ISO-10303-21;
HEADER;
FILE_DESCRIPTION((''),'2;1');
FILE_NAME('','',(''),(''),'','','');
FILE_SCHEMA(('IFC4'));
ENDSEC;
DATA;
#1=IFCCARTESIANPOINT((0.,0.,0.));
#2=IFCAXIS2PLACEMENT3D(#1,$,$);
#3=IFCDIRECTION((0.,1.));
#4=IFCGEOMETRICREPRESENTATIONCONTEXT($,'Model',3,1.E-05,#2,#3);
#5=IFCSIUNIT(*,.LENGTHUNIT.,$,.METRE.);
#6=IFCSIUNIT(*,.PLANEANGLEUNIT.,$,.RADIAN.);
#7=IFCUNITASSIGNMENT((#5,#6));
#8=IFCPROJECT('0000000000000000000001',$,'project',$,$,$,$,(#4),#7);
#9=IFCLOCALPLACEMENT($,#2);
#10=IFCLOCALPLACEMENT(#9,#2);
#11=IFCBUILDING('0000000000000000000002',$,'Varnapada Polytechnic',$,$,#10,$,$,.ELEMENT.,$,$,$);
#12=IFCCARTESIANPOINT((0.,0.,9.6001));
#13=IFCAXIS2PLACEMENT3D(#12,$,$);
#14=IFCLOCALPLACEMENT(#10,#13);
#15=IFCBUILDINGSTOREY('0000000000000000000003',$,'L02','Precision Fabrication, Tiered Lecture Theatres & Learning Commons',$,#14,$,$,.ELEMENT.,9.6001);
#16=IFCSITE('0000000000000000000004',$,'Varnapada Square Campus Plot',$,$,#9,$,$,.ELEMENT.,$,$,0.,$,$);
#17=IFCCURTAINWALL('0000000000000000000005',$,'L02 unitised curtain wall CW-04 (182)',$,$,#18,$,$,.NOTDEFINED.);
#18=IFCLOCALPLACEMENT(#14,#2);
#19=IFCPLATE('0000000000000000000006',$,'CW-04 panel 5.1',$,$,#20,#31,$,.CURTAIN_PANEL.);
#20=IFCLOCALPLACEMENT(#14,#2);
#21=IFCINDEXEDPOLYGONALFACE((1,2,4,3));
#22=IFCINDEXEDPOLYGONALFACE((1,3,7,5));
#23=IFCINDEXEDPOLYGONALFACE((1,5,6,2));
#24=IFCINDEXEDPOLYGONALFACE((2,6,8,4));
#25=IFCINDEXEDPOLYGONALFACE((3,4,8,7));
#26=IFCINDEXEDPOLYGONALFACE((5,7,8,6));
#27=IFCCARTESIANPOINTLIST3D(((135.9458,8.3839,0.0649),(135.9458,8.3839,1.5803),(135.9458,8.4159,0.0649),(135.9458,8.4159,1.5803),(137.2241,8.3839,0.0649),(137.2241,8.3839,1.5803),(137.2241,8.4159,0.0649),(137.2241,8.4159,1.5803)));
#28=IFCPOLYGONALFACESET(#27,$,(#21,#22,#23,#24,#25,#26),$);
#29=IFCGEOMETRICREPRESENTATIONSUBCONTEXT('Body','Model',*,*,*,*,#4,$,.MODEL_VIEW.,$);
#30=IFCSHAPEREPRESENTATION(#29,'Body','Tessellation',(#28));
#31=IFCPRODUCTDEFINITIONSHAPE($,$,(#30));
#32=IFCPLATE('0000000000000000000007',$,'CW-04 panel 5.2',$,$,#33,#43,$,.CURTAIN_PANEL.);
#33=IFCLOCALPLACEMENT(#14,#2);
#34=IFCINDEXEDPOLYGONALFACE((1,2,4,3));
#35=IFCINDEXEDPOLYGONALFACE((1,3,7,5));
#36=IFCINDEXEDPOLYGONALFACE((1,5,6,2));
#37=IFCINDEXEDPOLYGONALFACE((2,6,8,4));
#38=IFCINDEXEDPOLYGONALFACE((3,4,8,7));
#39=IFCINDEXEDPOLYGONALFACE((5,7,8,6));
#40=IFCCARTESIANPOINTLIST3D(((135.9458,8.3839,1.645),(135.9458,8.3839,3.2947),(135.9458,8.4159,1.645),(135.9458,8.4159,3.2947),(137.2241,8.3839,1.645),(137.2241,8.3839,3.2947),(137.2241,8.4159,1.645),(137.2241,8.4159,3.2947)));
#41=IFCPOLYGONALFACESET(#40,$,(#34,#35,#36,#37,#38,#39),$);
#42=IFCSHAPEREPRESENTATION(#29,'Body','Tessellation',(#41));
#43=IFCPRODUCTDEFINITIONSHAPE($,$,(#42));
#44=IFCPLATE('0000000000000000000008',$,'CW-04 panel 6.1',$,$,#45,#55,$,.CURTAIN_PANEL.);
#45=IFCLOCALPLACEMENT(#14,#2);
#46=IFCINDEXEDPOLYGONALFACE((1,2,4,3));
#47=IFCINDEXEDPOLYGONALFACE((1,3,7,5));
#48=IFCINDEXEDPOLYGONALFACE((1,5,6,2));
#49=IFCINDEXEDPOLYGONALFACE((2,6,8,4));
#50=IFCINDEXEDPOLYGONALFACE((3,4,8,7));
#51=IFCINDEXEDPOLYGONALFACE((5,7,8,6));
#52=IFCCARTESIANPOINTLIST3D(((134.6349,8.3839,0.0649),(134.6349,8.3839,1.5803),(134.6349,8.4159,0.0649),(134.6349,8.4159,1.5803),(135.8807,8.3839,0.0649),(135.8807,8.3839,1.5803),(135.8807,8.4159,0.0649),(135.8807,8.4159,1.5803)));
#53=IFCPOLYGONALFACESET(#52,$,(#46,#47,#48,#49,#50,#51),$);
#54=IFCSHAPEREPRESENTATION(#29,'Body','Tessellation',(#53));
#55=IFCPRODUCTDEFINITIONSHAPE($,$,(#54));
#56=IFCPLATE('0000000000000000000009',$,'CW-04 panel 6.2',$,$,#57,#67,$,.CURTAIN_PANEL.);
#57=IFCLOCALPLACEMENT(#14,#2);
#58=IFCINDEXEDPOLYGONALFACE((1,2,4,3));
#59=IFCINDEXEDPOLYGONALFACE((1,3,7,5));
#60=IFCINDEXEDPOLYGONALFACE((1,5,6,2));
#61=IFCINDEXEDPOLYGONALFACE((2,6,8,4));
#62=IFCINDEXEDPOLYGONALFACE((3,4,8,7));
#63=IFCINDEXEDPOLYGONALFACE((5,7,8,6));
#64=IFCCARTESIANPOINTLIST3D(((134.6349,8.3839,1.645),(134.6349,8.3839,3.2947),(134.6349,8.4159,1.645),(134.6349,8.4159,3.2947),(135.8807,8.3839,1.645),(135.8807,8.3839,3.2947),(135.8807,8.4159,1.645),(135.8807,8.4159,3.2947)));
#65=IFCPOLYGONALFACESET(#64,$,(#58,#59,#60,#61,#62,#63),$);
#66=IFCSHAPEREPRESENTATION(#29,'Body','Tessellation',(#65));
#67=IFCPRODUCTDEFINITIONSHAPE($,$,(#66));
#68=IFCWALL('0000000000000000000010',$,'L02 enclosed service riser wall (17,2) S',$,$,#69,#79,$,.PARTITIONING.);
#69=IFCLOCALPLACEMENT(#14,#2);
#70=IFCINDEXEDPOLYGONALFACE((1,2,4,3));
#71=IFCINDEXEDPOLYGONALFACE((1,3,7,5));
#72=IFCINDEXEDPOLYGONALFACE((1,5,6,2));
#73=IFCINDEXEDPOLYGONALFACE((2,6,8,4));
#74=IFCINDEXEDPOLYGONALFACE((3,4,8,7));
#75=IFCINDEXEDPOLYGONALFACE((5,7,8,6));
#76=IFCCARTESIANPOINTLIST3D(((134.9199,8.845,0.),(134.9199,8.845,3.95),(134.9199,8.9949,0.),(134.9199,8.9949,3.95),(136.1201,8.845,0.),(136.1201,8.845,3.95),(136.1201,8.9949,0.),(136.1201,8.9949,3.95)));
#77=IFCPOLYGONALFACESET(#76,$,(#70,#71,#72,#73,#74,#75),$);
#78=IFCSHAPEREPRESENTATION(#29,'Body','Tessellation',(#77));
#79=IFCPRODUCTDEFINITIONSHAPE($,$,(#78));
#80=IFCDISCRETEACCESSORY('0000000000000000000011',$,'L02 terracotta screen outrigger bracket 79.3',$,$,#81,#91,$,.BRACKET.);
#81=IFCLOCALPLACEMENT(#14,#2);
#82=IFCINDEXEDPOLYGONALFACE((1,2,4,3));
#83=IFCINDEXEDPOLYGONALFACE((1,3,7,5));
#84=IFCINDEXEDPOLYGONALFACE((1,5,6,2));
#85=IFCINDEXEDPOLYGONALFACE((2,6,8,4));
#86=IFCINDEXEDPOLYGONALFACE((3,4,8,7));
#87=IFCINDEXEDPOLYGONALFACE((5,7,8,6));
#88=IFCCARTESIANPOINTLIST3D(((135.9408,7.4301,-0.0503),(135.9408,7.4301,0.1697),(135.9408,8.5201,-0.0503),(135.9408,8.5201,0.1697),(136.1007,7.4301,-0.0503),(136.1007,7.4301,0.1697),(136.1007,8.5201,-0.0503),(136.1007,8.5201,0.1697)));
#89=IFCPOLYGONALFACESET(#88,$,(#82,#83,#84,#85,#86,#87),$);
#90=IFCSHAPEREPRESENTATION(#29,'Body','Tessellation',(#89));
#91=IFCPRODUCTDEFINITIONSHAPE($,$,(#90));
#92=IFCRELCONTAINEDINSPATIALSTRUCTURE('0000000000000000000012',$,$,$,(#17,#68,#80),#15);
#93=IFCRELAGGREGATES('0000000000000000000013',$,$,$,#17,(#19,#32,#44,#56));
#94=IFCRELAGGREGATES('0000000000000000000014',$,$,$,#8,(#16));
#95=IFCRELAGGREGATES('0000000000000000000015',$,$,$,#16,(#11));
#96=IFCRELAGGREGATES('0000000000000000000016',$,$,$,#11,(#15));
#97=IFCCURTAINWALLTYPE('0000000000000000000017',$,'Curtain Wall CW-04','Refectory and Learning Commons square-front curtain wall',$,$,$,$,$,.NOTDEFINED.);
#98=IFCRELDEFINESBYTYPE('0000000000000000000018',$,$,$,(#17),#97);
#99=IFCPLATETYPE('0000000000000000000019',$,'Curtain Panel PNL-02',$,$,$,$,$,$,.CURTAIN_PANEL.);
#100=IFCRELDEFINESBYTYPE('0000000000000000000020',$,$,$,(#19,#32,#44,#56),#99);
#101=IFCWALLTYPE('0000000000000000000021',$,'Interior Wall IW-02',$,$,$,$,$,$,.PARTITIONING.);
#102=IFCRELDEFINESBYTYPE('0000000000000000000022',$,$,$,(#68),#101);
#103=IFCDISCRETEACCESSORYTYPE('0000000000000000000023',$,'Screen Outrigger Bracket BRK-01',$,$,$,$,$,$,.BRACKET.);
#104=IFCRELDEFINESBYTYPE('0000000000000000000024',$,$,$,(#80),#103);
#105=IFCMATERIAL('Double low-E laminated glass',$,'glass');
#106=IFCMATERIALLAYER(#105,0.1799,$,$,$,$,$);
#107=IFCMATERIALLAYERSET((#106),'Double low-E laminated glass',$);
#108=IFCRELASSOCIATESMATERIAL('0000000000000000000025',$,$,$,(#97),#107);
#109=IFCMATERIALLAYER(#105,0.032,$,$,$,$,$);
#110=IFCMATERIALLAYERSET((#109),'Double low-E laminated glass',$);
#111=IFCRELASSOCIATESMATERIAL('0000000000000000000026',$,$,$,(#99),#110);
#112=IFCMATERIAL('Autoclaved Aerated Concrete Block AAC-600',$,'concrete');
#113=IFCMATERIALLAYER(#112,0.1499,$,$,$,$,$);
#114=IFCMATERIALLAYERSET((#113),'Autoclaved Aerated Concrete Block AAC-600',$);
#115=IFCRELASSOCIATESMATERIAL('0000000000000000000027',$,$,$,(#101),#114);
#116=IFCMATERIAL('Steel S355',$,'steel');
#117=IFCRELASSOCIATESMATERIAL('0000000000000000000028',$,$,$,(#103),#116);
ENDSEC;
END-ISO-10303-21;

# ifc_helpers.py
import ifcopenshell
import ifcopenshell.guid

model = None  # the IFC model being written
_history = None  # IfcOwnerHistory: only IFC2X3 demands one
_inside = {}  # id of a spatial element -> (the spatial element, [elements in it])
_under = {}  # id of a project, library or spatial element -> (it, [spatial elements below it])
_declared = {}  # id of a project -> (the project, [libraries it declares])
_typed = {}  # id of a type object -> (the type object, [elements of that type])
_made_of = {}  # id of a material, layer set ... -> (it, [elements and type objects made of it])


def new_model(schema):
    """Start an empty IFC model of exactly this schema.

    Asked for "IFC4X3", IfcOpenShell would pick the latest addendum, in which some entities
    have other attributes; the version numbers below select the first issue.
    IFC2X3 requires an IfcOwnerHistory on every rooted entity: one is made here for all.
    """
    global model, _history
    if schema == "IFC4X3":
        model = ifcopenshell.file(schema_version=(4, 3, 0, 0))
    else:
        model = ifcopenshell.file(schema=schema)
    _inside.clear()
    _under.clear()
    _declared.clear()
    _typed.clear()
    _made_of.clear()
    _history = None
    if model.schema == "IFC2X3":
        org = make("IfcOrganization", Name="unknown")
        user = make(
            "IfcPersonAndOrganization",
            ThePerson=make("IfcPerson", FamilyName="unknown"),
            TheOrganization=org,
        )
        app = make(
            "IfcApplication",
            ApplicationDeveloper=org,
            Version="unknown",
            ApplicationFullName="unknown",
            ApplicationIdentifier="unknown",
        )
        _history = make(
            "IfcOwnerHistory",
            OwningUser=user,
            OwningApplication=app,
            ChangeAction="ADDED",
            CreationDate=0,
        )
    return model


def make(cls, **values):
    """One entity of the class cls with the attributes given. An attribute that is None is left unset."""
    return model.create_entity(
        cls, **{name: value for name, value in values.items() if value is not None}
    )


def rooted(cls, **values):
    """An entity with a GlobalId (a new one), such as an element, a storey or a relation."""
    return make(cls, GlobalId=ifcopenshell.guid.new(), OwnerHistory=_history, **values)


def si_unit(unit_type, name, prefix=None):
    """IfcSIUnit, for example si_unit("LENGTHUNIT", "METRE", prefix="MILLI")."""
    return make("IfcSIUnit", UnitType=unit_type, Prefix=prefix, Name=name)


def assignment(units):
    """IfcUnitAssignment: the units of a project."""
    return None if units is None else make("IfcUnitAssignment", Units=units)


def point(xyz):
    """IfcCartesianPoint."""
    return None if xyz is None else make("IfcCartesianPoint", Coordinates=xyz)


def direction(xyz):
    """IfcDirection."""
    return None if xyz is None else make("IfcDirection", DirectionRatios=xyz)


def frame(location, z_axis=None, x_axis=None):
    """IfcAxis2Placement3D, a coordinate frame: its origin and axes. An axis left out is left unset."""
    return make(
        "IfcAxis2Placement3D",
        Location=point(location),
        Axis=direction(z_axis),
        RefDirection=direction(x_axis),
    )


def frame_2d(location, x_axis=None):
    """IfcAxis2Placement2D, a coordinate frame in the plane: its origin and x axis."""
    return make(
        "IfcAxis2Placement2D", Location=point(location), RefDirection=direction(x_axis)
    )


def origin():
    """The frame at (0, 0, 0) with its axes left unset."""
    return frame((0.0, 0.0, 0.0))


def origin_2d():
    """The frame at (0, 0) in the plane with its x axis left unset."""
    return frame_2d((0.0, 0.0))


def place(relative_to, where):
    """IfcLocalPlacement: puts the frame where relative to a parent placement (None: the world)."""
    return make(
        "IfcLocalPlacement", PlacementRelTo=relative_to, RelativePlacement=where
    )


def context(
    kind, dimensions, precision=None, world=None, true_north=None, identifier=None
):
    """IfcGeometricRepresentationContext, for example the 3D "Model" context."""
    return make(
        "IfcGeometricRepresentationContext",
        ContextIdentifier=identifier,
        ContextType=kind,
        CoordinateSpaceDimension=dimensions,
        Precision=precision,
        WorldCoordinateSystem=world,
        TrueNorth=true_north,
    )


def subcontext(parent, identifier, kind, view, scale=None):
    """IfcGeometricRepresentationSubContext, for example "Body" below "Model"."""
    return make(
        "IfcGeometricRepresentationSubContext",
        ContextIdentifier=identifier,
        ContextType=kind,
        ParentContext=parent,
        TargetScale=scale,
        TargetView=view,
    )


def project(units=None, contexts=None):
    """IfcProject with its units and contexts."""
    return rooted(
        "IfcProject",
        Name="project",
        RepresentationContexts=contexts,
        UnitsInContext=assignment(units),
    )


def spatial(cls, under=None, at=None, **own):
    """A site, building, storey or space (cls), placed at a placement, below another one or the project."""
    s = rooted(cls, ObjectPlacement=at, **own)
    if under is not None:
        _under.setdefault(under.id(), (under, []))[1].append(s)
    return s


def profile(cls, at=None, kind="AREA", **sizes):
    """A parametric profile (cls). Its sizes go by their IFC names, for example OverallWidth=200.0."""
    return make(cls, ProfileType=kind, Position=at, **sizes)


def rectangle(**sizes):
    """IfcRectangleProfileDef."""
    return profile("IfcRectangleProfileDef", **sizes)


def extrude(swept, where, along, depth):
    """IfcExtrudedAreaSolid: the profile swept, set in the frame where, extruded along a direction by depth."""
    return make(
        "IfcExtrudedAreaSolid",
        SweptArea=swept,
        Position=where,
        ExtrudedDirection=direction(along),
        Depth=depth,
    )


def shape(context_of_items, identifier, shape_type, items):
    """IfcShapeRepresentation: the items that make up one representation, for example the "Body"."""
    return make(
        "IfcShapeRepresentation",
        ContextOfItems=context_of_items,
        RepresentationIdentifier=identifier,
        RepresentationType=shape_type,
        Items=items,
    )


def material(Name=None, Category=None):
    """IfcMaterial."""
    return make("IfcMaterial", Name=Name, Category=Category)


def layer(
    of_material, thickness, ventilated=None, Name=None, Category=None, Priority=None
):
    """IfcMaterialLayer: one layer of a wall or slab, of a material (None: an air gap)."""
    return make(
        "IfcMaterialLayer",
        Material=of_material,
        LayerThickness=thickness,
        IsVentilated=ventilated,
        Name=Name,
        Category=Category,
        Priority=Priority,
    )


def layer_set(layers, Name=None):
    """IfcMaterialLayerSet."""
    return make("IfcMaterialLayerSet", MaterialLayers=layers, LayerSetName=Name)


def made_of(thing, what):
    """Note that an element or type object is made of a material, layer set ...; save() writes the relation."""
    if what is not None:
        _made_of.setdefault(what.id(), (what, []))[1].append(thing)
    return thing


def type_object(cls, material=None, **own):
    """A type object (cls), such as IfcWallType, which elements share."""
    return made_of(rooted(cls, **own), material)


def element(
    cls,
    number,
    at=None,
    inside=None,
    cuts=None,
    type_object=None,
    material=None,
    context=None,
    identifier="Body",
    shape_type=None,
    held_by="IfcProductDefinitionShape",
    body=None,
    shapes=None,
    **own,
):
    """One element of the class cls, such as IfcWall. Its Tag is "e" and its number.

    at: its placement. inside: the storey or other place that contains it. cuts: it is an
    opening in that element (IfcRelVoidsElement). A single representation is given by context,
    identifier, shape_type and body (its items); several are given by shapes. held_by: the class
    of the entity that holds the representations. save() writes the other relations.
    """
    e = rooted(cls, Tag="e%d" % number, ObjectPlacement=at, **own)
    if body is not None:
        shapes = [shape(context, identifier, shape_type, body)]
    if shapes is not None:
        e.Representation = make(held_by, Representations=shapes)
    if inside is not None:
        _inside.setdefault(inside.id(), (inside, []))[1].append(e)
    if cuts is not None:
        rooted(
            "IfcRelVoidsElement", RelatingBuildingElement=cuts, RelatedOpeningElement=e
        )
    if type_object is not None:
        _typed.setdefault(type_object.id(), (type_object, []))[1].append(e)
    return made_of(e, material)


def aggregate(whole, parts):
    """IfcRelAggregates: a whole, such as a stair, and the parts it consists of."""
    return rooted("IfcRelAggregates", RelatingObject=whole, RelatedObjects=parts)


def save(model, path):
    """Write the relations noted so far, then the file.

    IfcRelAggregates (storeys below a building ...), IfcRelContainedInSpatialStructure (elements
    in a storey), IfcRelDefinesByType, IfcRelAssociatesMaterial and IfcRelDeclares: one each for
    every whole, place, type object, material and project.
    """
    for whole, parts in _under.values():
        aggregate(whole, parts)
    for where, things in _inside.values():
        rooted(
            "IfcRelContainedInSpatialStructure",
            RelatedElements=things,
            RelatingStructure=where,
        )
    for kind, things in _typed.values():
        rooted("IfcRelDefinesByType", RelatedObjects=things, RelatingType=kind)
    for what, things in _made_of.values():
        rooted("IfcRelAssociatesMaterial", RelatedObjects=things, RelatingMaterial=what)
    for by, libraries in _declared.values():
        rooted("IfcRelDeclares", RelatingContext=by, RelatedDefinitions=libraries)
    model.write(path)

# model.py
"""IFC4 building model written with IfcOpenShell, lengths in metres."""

from ifc_helpers import new_model, si_unit, direction, frame, frame_2d, origin, origin_2d, place, context, subcontext, project, spatial, rectangle, extrude, material, layer, layer_set, type_object, element, aggregate, save


model = new_model("IFC4")

# Units and contexts
model_context = context("Model", 3, precision=1e-05, world=origin(), true_north=direction((0.0, 1.0)))
body_context = subcontext(model_context, "Body", "Model", "MODEL_VIEW")
ifc_project = project(units=[si_unit("LENGTHUNIT", "METRE"), si_unit("PLANEANGLEUNIT", "RADIAN")], contexts=[model_context])

# Site, building, storey
site_placement = place(None, origin())
site = spatial("IfcSite", under=ifc_project, at=site_placement, Name="Varnapada Square Campus Plot", CompositionType="ELEMENT", RefElevation=0.0)
building_placement = place(site_placement, origin())
building = spatial("IfcBuilding", under=site, at=building_placement, Name="Varnapada Polytechnic", CompositionType="ELEMENT")
storey_placement = place(building_placement, frame((0.0, 0.0, 9.6001)))
storey = spatial("IfcBuildingStorey", under=building, at=storey_placement, Name="L02", Description="Precision Fabrication, Tiered Lecture Theatres & Learning Commons", CompositionType="ELEMENT", Elevation=9.6001)

# Curtain wall, plates
ifc_material_1 = material(Name="Double low-E laminated glass", Category="glass")
ifc_layer_1 = layer(ifc_material_1, 0.1799)
ifc_layer_set_1 = layer_set([ifc_layer_1], Name="Double low-E laminated glass")
curtain_wall_type = type_object("IfcCurtainWallType", Name="Curtain Wall CW-04", Description="Refectory and Learning Commons square-front curtain wall", PredefinedType="NOTDEFINED", material=ifc_layer_set_1)
curtain_wall_placement = place(storey_placement, origin())
curtain_wall = element("IfcCurtainWall", 1, at=curtain_wall_placement, inside=storey, type_object=curtain_wall_type, Name="L02 unitised curtain wall CW-04 (182)", PredefinedType="NOTDEFINED")
ifc_layer_2 = layer(ifc_material_1, 0.032)
ifc_layer_set_2 = layer_set([ifc_layer_2], Name="Double low-E laminated glass")
plate_type = type_object("IfcPlateType", Name="Curtain Panel PNL-02", PredefinedType="CURTAIN_PANEL", material=ifc_layer_set_2)
plate_1_placement = place(storey_placement, frame((136.585, 8.3999, 0.0649), z_axis=(0.0, 0.0, 1.0), x_axis=(-1.0, 0.0, 0.0)))
plate_1 = element("IfcPlate", 2, at=plate_1_placement, type_object=plate_type, Name="CW-04 panel 5.1", PredefinedType="CURTAIN_PANEL", context=body_context, shape_type="SweptSolid", body=[
    extrude(rectangle(XDim=1.2783, YDim=0.032, at=origin_2d()), origin(), (0.0, 0.0, 1.0), 1.5154),
])
plate_2_placement = place(storey_placement, frame((136.585, 8.3999, 1.645), z_axis=(0.0, 0.0, 1.0), x_axis=(-1.0, 0.0, 0.0)))
plate_2 = element("IfcPlate", 3, at=plate_2_placement, type_object=plate_type, Name="CW-04 panel 5.2", PredefinedType="CURTAIN_PANEL", context=body_context, shape_type="SweptSolid", body=[
    extrude(rectangle(XDim=1.2783, YDim=0.032, at=origin_2d()), origin(), (0.0, 0.0, 1.0), 1.6497),
])
plate_3_placement = place(storey_placement, frame((135.2578, 8.3999, 0.0649), z_axis=(0.0, 0.0, 1.0), x_axis=(-1.0, 0.0, 0.0)))
plate_3 = element("IfcPlate", 4, at=plate_3_placement, type_object=plate_type, Name="CW-04 panel 6.1", PredefinedType="CURTAIN_PANEL", context=body_context, shape_type="SweptSolid", body=[
    extrude(rectangle(XDim=1.2458, YDim=0.032, at=origin_2d()), origin(), (0.0, 0.0, 1.0), 1.5154),
])
plate_4_placement = place(storey_placement, frame((135.2578, 8.3999, 1.645), z_axis=(0.0, 0.0, 1.0), x_axis=(-1.0, 0.0, 0.0)))
plate_4 = element("IfcPlate", 5, at=plate_4_placement, type_object=plate_type, Name="CW-04 panel 6.2", PredefinedType="CURTAIN_PANEL", context=body_context, shape_type="SweptSolid", body=[
    extrude(rectangle(XDim=1.2458, YDim=0.032, at=origin_2d()), origin(), (0.0, 0.0, 1.0), 1.6497),
])
aggregate(curtain_wall, [plate_1, plate_2, plate_3, plate_4])

# Wall
ifc_material_2 = material(Name="Autoclaved Aerated Concrete Block AAC-600", Category="concrete")
ifc_layer_3 = layer(ifc_material_2, 0.1499)
ifc_layer_set_3 = layer_set([ifc_layer_3], Name="Autoclaved Aerated Concrete Block AAC-600")
wall_type = type_object("IfcWallType", Name="Interior Wall IW-02", PredefinedType="PARTITIONING", material=ifc_layer_set_3)
wall_placement = place(storey_placement, frame((134.9199, 8.9199, 0.0), z_axis=(0.0, 0.0, 1.0), x_axis=(1.0, 0.0, 0.0)))
element("IfcWall", 6, at=wall_placement, inside=storey, type_object=wall_type, Name="L02 enclosed service riser wall (17,2) S", PredefinedType="PARTITIONING", context=body_context, shape_type="SweptSolid", body=[
    extrude(rectangle(XDim=1.2002, YDim=0.1499, at=frame_2d((0.6001, 0.0))), origin(), (0.0, 0.0, 1.0), 3.95),
])

# Discrete accessory
ifc_material_3 = material(Name="Steel S355", Category="steel")
discrete_accessory_type = type_object("IfcDiscreteAccessoryType", Name="Screen Outrigger Bracket BRK-01", PredefinedType="BRACKET", material=ifc_material_3)
discrete_accessory_placement = place(storey_placement, frame((136.0208, 7.9751, -0.0503), z_axis=(0.0, 0.0, 1.0), x_axis=(-1.0, 0.0, 0.0)))
element("IfcDiscreteAccessory", 7, at=discrete_accessory_placement, inside=storey, type_object=discrete_accessory_type, Name="L02 terracotta screen outrigger bracket 79.3", PredefinedType="BRACKET", context=body_context, shape_type="SweptSolid", body=[
    extrude(rectangle(XDim=0.1599, YDim=1.0901, at=origin_2d()), origin(), (0.0, 0.0, 1.0), 0.22),
])

save(model, "model.ifc")
